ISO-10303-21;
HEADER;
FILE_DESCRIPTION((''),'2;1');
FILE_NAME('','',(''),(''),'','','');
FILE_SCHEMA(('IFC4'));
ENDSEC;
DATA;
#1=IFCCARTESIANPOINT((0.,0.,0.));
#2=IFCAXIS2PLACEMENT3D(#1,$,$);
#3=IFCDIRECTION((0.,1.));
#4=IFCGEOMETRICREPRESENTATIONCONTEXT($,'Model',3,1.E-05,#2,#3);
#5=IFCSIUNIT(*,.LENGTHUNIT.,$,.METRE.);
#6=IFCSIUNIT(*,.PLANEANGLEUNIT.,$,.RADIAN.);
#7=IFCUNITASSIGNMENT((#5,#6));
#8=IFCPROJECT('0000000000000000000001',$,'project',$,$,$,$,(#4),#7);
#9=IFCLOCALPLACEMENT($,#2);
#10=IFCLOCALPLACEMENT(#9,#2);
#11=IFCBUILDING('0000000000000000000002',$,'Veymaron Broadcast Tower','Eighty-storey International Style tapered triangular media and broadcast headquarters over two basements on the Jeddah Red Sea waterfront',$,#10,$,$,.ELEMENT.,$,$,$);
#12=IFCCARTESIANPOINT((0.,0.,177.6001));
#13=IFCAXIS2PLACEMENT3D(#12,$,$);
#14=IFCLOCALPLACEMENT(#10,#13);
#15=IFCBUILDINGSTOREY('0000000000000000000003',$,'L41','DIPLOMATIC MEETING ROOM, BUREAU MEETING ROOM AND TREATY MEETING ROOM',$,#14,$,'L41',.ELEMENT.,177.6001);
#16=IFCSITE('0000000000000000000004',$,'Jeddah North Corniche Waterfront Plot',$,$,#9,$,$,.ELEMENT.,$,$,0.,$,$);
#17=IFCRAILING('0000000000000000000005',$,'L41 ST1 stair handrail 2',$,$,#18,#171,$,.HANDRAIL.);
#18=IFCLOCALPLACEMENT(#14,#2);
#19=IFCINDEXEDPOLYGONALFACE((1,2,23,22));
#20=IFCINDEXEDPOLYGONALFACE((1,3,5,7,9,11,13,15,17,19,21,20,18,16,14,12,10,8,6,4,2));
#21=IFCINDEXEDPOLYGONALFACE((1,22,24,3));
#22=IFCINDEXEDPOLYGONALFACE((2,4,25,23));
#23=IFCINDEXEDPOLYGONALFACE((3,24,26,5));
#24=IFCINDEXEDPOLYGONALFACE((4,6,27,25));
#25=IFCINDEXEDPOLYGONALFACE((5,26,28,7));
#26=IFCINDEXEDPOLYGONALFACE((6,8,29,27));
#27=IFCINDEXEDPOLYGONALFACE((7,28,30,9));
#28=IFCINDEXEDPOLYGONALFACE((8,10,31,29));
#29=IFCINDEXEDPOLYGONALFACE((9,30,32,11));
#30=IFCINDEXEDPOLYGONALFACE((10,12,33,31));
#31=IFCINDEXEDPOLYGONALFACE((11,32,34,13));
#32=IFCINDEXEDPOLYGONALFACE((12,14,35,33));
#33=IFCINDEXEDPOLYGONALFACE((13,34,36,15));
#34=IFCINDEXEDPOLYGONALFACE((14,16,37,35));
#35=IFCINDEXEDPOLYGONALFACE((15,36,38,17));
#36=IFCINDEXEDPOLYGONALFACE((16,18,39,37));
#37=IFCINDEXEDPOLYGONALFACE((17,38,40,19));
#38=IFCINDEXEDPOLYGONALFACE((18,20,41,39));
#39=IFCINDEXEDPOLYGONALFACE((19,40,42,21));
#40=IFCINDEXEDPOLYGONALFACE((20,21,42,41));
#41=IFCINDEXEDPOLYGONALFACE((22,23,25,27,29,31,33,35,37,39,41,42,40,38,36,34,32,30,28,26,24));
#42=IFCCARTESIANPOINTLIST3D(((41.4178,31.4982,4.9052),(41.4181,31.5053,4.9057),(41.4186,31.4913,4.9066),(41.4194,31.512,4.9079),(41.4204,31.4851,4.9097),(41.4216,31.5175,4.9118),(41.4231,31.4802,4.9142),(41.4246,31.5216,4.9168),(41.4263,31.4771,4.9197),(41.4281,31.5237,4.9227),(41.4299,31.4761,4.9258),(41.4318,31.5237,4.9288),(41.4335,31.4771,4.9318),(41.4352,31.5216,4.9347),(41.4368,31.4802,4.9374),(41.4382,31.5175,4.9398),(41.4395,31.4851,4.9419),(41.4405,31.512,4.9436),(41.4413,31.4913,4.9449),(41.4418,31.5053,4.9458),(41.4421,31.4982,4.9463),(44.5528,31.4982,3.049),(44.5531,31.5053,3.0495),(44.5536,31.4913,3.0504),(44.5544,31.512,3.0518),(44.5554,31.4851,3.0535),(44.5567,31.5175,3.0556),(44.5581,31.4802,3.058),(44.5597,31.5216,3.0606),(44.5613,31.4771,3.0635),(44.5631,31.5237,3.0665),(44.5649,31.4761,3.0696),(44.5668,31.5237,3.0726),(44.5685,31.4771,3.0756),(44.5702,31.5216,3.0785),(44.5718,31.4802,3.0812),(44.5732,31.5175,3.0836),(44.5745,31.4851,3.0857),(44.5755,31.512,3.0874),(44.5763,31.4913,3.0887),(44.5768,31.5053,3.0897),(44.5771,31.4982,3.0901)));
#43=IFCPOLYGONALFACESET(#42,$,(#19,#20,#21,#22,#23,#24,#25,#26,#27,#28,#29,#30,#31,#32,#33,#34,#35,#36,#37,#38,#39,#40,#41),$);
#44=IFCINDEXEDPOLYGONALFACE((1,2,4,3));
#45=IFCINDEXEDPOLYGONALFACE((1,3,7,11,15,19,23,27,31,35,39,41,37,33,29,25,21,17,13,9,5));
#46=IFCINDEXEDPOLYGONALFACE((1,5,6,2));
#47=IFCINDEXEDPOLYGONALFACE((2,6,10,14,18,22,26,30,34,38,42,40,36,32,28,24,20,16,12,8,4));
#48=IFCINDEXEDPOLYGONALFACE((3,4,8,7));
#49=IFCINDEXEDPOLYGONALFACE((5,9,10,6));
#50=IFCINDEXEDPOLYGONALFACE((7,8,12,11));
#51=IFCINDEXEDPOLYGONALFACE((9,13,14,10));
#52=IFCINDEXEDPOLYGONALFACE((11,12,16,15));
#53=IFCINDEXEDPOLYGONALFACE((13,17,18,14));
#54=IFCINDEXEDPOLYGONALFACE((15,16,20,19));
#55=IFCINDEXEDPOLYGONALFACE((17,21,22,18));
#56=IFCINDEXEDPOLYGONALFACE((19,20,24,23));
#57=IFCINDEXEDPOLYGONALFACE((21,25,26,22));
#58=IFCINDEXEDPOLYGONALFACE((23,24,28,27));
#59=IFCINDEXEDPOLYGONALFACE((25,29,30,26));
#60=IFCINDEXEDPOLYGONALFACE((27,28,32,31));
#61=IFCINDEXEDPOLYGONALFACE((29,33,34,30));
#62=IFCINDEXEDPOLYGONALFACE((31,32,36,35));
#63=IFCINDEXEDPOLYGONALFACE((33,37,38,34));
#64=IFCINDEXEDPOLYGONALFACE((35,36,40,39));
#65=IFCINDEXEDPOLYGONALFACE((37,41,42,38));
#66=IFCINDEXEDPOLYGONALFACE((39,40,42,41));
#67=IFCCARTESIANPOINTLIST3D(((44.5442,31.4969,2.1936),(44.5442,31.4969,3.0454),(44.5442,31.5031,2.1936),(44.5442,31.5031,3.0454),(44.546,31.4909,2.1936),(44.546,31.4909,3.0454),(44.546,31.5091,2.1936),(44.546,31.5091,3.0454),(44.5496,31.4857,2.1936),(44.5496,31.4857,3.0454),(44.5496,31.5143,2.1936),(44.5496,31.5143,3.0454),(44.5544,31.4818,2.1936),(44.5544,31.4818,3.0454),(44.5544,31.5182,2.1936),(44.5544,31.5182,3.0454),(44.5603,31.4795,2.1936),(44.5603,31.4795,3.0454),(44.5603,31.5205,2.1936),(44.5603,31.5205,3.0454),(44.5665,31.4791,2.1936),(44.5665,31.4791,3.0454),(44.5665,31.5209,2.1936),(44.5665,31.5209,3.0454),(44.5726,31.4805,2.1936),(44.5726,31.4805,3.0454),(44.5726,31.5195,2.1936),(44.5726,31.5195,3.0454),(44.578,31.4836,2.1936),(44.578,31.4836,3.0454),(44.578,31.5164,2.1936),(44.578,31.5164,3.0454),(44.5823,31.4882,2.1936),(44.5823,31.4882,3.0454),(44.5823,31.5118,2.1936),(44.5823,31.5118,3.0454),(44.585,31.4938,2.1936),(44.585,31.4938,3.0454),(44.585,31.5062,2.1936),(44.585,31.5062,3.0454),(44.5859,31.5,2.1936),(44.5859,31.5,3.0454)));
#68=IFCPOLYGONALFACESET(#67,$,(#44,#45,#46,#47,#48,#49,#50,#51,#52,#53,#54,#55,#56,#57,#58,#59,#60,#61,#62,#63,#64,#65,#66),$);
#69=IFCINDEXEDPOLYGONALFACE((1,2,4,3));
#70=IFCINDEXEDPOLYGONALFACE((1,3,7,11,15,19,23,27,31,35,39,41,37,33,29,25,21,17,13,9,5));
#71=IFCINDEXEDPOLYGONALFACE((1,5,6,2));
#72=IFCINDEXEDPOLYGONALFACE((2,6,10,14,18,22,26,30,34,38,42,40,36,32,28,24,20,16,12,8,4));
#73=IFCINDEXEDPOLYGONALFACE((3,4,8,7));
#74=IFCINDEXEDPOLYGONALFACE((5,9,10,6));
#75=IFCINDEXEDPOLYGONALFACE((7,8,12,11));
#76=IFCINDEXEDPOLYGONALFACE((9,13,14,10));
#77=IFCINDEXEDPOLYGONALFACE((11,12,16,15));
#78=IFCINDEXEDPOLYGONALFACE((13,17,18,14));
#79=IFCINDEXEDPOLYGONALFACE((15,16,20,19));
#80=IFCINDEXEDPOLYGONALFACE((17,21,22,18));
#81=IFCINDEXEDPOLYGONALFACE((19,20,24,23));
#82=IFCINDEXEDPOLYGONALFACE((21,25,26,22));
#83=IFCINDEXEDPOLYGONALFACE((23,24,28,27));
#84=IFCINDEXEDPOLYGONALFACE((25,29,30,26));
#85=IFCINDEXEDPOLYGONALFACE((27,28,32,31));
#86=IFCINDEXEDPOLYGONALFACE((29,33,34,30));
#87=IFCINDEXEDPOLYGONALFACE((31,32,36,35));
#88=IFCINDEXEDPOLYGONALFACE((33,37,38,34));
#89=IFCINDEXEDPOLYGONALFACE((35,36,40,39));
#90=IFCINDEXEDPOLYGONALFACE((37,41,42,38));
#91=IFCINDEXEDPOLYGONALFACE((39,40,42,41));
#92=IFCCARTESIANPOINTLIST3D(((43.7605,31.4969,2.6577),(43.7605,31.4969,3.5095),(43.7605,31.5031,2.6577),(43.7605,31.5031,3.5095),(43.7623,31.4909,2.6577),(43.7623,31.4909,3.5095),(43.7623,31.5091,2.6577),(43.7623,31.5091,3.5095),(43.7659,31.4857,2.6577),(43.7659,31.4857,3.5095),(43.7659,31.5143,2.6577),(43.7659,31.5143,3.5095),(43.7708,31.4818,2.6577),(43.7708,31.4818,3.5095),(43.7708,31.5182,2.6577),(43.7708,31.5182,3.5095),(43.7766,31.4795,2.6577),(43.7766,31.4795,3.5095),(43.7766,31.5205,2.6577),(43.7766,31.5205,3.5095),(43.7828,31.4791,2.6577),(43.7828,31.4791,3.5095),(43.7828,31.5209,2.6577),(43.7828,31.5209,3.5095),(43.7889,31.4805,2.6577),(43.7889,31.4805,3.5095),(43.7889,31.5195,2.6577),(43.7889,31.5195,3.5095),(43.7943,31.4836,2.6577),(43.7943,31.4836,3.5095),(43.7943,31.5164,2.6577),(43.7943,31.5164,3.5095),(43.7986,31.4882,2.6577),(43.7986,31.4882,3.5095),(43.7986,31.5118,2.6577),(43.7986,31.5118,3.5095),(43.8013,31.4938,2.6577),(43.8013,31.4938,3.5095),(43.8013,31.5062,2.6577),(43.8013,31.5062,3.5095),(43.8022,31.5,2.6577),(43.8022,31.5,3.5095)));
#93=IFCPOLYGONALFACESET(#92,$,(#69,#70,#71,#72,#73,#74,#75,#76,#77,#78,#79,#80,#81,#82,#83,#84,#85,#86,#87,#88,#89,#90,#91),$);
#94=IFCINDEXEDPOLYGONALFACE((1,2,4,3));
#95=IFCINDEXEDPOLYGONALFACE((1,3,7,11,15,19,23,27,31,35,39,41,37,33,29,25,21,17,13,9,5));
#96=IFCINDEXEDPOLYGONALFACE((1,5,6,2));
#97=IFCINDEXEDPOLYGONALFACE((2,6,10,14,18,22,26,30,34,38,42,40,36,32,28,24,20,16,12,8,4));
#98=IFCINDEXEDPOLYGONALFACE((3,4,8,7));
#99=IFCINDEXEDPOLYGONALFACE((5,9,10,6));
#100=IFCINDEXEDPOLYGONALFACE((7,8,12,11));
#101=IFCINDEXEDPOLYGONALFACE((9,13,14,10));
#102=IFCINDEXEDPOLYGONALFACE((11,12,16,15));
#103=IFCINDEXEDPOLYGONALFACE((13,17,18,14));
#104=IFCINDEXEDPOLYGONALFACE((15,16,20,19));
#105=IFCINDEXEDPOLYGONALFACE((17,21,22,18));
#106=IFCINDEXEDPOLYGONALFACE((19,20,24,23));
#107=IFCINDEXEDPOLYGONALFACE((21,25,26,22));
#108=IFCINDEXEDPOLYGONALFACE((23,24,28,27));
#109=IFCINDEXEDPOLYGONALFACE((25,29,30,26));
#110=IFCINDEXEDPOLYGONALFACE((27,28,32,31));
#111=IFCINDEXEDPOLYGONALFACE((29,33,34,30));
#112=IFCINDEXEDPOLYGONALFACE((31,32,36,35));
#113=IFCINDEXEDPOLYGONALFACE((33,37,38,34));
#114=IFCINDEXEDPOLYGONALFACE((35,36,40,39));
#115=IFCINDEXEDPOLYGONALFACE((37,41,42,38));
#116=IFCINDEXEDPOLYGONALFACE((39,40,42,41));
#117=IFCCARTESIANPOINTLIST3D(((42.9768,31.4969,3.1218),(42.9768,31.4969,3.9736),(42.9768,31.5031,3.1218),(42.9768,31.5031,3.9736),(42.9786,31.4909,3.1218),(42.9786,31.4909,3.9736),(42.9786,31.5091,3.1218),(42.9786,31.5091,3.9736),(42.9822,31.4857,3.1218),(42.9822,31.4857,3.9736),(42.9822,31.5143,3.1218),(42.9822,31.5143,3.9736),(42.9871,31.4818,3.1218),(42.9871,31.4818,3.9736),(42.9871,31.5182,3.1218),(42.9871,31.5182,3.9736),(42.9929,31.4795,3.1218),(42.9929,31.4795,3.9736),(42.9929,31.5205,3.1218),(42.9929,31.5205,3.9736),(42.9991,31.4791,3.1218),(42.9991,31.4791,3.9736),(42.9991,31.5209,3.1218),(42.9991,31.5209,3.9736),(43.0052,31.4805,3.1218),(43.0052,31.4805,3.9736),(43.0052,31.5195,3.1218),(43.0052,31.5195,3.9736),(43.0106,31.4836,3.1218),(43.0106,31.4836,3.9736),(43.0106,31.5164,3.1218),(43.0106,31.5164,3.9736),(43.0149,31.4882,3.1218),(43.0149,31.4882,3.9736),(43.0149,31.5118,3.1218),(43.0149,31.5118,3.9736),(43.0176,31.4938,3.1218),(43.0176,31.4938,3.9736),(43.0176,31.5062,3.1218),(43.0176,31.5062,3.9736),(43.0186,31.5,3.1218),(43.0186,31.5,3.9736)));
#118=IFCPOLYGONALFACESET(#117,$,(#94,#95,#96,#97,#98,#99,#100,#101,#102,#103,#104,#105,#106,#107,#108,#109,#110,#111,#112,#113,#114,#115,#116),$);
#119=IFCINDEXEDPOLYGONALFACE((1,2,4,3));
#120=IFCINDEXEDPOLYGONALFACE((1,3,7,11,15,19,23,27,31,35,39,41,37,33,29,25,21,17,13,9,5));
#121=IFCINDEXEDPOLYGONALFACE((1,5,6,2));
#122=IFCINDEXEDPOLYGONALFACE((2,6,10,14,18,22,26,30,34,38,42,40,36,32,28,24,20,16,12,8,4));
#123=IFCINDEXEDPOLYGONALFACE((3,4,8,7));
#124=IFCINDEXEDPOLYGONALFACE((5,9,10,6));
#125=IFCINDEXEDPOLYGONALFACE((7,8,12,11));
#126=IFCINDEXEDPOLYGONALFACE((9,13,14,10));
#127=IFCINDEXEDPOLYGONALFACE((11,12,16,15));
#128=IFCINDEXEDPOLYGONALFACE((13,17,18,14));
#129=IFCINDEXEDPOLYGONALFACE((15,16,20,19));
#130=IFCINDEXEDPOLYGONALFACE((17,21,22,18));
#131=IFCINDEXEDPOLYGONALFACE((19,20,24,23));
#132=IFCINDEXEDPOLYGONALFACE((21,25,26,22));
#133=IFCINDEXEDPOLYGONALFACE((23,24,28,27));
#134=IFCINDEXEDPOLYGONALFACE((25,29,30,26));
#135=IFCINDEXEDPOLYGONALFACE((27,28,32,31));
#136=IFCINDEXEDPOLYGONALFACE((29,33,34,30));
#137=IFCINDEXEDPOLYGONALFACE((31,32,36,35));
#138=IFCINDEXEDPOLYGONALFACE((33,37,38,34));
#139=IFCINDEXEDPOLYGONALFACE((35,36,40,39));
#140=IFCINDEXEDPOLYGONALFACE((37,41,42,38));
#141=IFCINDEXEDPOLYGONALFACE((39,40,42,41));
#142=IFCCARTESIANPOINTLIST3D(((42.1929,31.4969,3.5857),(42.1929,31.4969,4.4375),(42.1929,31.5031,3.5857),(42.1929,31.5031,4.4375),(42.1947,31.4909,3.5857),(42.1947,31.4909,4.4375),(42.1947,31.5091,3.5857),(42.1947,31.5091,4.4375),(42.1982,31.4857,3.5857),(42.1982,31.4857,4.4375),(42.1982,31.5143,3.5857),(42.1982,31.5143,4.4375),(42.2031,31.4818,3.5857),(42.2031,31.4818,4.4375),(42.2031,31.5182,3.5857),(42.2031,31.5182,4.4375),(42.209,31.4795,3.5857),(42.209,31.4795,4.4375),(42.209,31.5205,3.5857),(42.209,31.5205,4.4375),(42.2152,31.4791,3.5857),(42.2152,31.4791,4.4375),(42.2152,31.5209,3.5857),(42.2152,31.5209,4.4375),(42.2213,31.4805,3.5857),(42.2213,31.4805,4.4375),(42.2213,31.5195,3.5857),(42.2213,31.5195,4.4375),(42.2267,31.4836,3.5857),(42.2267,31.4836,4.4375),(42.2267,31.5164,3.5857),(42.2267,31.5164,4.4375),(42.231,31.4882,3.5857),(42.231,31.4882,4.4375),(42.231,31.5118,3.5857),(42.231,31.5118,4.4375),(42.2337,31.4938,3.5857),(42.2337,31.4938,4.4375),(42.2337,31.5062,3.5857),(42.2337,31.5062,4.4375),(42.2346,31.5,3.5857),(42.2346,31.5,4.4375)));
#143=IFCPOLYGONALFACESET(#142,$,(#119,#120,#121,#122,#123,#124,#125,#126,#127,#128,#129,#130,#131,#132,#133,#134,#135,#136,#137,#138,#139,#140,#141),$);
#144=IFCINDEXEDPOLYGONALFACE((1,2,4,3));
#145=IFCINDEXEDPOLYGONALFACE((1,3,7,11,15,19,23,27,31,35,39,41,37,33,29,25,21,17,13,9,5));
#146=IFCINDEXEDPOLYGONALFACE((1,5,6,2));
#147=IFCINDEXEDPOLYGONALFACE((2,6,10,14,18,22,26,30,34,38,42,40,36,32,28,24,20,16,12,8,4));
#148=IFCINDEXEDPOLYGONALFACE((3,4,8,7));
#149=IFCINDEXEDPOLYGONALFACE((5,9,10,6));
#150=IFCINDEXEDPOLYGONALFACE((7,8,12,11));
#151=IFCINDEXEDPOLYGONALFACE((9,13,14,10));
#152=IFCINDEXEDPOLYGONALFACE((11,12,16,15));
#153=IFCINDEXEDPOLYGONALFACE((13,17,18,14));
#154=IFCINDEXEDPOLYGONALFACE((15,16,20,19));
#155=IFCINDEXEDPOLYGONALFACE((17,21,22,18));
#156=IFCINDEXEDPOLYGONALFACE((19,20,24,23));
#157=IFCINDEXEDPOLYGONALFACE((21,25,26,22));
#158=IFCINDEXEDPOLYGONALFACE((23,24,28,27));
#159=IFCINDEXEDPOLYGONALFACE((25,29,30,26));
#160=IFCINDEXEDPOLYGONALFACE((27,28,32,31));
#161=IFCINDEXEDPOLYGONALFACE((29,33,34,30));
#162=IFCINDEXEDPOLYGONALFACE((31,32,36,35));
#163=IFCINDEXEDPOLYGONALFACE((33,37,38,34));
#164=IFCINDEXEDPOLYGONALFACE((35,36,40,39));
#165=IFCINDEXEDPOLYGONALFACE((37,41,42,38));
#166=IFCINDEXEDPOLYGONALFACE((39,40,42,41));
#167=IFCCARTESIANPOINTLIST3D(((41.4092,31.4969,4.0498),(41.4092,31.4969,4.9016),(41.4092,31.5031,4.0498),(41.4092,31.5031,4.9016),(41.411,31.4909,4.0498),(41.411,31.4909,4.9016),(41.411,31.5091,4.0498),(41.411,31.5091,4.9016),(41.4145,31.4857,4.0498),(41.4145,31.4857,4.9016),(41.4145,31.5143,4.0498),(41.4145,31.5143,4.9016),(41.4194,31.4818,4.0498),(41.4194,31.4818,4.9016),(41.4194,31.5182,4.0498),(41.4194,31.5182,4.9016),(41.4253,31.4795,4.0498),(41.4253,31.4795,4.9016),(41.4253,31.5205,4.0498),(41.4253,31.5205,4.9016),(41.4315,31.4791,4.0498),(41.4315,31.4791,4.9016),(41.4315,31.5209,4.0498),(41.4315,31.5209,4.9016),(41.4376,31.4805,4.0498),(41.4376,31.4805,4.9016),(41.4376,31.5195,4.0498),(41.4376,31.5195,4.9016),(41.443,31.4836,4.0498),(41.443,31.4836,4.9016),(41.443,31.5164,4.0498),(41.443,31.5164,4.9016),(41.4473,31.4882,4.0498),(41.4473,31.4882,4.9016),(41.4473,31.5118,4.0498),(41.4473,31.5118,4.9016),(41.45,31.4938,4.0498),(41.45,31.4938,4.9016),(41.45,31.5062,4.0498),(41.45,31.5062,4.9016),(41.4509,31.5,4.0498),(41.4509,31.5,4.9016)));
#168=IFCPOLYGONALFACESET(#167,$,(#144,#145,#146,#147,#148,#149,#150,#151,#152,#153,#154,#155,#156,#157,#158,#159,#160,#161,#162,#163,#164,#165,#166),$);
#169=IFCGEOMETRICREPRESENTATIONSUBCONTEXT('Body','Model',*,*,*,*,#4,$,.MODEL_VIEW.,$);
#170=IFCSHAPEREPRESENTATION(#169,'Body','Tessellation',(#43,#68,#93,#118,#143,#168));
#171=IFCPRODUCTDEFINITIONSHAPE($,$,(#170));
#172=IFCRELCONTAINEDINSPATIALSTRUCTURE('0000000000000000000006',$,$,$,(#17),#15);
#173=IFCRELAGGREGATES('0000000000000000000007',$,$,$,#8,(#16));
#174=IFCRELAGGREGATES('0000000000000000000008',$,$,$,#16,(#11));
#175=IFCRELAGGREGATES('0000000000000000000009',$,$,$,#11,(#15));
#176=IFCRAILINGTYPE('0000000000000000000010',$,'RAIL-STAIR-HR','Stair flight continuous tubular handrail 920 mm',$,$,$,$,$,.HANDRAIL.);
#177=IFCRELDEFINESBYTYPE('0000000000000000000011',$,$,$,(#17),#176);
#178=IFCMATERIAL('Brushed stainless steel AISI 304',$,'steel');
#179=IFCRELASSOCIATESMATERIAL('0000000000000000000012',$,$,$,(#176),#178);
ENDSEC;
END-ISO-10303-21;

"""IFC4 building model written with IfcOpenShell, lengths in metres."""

from ifc_helpers import new_model, si_unit, direction, frame, origin, origin_2d, place, context, subcontext, project, spatial, circle, extrude, material, type_object, element, save


model = new_model("IFC4")

# Units and contexts
model_context = context("Model", 3, precision=1e-05, world=origin(), true_north=direction((0.0, 1.0)))
body_context = subcontext(model_context, "Body", "Model", "MODEL_VIEW")
ifc_project = project(units=[si_unit("LENGTHUNIT", "METRE"), si_unit("PLANEANGLEUNIT", "RADIAN")], contexts=[model_context])

# Site, building, storey
site_placement = place(None, origin())
site = spatial("IfcSite", under=ifc_project, at=site_placement, Name="Jeddah North Corniche Waterfront Plot", CompositionType="ELEMENT", RefElevation=0.0)
building_placement = place(site_placement, origin())
building = spatial("IfcBuilding", under=site, at=building_placement, Name="Veymaron Broadcast Tower", Description="Eighty-storey International Style tapered triangular media and broadcast headquarters over two basements on the Jeddah Red Sea waterfront", CompositionType="ELEMENT")
storey_placement = place(building_placement, frame((0.0, 0.0, 177.6001)))
storey = spatial("IfcBuildingStorey", under=building, at=storey_placement, Name="L41", Description="DIPLOMATIC MEETING ROOM, BUREAU MEETING ROOM AND TREATY MEETING ROOM", LongName="L41", CompositionType="ELEMENT", Elevation=177.6001)

# Shared definitions
ifc_material_1 = material(Name="Brushed stainless steel AISI 304", Category="steel")

# Railing
railing_type_1 = type_object("IfcRailingType", Name="RAIL-STAIR-HR", Description="Stair flight continuous tubular handrail 920 mm", PredefinedType="HANDRAIL", material=ifc_material_1)
railing_1_placement = place(storey_placement, frame((44.5649, 31.5, 2.1936)))
element("IfcRailing", 1, at=railing_1_placement, inside=storey, type_object=railing_type_1, Name="L41 ST1 stair handrail 2", PredefinedType="HANDRAIL", context=body_context, shape_type="SweptSolid", body=[
    extrude(circle(Radius=0.0239, at=origin_2d()), frame((0.0, 0.0, 0.876), z_axis=(-0.860482, 0.0, 0.509481), x_axis=(0.0, -1.0, 0.0)), (0.0, 0.0, 1.0), 3.6433),
    extrude(circle(Radius=0.021, at=origin_2d()), origin(), (0.0, 0.0, 1.0), 0.8518),
    extrude(circle(Radius=0.021, at=origin_2d()), frame((-0.7837, 0.0, 0.4641)), (0.0, 0.0, 1.0), 0.8518),
    extrude(circle(Radius=0.021, at=origin_2d()), frame((-1.5674, 0.0, 0.9282)), (0.0, 0.0, 1.0), 0.8518),
    extrude(circle(Radius=0.021, at=origin_2d()), frame((-2.3513, 0.0, 1.3921)), (0.0, 0.0, 1.0), 0.8518),
    extrude(circle(Radius=0.021, at=origin_2d()), frame((-3.135, 0.0, 1.8562)), (0.0, 0.0, 1.0), 0.8518),
])

save(model, "model.ifc")
